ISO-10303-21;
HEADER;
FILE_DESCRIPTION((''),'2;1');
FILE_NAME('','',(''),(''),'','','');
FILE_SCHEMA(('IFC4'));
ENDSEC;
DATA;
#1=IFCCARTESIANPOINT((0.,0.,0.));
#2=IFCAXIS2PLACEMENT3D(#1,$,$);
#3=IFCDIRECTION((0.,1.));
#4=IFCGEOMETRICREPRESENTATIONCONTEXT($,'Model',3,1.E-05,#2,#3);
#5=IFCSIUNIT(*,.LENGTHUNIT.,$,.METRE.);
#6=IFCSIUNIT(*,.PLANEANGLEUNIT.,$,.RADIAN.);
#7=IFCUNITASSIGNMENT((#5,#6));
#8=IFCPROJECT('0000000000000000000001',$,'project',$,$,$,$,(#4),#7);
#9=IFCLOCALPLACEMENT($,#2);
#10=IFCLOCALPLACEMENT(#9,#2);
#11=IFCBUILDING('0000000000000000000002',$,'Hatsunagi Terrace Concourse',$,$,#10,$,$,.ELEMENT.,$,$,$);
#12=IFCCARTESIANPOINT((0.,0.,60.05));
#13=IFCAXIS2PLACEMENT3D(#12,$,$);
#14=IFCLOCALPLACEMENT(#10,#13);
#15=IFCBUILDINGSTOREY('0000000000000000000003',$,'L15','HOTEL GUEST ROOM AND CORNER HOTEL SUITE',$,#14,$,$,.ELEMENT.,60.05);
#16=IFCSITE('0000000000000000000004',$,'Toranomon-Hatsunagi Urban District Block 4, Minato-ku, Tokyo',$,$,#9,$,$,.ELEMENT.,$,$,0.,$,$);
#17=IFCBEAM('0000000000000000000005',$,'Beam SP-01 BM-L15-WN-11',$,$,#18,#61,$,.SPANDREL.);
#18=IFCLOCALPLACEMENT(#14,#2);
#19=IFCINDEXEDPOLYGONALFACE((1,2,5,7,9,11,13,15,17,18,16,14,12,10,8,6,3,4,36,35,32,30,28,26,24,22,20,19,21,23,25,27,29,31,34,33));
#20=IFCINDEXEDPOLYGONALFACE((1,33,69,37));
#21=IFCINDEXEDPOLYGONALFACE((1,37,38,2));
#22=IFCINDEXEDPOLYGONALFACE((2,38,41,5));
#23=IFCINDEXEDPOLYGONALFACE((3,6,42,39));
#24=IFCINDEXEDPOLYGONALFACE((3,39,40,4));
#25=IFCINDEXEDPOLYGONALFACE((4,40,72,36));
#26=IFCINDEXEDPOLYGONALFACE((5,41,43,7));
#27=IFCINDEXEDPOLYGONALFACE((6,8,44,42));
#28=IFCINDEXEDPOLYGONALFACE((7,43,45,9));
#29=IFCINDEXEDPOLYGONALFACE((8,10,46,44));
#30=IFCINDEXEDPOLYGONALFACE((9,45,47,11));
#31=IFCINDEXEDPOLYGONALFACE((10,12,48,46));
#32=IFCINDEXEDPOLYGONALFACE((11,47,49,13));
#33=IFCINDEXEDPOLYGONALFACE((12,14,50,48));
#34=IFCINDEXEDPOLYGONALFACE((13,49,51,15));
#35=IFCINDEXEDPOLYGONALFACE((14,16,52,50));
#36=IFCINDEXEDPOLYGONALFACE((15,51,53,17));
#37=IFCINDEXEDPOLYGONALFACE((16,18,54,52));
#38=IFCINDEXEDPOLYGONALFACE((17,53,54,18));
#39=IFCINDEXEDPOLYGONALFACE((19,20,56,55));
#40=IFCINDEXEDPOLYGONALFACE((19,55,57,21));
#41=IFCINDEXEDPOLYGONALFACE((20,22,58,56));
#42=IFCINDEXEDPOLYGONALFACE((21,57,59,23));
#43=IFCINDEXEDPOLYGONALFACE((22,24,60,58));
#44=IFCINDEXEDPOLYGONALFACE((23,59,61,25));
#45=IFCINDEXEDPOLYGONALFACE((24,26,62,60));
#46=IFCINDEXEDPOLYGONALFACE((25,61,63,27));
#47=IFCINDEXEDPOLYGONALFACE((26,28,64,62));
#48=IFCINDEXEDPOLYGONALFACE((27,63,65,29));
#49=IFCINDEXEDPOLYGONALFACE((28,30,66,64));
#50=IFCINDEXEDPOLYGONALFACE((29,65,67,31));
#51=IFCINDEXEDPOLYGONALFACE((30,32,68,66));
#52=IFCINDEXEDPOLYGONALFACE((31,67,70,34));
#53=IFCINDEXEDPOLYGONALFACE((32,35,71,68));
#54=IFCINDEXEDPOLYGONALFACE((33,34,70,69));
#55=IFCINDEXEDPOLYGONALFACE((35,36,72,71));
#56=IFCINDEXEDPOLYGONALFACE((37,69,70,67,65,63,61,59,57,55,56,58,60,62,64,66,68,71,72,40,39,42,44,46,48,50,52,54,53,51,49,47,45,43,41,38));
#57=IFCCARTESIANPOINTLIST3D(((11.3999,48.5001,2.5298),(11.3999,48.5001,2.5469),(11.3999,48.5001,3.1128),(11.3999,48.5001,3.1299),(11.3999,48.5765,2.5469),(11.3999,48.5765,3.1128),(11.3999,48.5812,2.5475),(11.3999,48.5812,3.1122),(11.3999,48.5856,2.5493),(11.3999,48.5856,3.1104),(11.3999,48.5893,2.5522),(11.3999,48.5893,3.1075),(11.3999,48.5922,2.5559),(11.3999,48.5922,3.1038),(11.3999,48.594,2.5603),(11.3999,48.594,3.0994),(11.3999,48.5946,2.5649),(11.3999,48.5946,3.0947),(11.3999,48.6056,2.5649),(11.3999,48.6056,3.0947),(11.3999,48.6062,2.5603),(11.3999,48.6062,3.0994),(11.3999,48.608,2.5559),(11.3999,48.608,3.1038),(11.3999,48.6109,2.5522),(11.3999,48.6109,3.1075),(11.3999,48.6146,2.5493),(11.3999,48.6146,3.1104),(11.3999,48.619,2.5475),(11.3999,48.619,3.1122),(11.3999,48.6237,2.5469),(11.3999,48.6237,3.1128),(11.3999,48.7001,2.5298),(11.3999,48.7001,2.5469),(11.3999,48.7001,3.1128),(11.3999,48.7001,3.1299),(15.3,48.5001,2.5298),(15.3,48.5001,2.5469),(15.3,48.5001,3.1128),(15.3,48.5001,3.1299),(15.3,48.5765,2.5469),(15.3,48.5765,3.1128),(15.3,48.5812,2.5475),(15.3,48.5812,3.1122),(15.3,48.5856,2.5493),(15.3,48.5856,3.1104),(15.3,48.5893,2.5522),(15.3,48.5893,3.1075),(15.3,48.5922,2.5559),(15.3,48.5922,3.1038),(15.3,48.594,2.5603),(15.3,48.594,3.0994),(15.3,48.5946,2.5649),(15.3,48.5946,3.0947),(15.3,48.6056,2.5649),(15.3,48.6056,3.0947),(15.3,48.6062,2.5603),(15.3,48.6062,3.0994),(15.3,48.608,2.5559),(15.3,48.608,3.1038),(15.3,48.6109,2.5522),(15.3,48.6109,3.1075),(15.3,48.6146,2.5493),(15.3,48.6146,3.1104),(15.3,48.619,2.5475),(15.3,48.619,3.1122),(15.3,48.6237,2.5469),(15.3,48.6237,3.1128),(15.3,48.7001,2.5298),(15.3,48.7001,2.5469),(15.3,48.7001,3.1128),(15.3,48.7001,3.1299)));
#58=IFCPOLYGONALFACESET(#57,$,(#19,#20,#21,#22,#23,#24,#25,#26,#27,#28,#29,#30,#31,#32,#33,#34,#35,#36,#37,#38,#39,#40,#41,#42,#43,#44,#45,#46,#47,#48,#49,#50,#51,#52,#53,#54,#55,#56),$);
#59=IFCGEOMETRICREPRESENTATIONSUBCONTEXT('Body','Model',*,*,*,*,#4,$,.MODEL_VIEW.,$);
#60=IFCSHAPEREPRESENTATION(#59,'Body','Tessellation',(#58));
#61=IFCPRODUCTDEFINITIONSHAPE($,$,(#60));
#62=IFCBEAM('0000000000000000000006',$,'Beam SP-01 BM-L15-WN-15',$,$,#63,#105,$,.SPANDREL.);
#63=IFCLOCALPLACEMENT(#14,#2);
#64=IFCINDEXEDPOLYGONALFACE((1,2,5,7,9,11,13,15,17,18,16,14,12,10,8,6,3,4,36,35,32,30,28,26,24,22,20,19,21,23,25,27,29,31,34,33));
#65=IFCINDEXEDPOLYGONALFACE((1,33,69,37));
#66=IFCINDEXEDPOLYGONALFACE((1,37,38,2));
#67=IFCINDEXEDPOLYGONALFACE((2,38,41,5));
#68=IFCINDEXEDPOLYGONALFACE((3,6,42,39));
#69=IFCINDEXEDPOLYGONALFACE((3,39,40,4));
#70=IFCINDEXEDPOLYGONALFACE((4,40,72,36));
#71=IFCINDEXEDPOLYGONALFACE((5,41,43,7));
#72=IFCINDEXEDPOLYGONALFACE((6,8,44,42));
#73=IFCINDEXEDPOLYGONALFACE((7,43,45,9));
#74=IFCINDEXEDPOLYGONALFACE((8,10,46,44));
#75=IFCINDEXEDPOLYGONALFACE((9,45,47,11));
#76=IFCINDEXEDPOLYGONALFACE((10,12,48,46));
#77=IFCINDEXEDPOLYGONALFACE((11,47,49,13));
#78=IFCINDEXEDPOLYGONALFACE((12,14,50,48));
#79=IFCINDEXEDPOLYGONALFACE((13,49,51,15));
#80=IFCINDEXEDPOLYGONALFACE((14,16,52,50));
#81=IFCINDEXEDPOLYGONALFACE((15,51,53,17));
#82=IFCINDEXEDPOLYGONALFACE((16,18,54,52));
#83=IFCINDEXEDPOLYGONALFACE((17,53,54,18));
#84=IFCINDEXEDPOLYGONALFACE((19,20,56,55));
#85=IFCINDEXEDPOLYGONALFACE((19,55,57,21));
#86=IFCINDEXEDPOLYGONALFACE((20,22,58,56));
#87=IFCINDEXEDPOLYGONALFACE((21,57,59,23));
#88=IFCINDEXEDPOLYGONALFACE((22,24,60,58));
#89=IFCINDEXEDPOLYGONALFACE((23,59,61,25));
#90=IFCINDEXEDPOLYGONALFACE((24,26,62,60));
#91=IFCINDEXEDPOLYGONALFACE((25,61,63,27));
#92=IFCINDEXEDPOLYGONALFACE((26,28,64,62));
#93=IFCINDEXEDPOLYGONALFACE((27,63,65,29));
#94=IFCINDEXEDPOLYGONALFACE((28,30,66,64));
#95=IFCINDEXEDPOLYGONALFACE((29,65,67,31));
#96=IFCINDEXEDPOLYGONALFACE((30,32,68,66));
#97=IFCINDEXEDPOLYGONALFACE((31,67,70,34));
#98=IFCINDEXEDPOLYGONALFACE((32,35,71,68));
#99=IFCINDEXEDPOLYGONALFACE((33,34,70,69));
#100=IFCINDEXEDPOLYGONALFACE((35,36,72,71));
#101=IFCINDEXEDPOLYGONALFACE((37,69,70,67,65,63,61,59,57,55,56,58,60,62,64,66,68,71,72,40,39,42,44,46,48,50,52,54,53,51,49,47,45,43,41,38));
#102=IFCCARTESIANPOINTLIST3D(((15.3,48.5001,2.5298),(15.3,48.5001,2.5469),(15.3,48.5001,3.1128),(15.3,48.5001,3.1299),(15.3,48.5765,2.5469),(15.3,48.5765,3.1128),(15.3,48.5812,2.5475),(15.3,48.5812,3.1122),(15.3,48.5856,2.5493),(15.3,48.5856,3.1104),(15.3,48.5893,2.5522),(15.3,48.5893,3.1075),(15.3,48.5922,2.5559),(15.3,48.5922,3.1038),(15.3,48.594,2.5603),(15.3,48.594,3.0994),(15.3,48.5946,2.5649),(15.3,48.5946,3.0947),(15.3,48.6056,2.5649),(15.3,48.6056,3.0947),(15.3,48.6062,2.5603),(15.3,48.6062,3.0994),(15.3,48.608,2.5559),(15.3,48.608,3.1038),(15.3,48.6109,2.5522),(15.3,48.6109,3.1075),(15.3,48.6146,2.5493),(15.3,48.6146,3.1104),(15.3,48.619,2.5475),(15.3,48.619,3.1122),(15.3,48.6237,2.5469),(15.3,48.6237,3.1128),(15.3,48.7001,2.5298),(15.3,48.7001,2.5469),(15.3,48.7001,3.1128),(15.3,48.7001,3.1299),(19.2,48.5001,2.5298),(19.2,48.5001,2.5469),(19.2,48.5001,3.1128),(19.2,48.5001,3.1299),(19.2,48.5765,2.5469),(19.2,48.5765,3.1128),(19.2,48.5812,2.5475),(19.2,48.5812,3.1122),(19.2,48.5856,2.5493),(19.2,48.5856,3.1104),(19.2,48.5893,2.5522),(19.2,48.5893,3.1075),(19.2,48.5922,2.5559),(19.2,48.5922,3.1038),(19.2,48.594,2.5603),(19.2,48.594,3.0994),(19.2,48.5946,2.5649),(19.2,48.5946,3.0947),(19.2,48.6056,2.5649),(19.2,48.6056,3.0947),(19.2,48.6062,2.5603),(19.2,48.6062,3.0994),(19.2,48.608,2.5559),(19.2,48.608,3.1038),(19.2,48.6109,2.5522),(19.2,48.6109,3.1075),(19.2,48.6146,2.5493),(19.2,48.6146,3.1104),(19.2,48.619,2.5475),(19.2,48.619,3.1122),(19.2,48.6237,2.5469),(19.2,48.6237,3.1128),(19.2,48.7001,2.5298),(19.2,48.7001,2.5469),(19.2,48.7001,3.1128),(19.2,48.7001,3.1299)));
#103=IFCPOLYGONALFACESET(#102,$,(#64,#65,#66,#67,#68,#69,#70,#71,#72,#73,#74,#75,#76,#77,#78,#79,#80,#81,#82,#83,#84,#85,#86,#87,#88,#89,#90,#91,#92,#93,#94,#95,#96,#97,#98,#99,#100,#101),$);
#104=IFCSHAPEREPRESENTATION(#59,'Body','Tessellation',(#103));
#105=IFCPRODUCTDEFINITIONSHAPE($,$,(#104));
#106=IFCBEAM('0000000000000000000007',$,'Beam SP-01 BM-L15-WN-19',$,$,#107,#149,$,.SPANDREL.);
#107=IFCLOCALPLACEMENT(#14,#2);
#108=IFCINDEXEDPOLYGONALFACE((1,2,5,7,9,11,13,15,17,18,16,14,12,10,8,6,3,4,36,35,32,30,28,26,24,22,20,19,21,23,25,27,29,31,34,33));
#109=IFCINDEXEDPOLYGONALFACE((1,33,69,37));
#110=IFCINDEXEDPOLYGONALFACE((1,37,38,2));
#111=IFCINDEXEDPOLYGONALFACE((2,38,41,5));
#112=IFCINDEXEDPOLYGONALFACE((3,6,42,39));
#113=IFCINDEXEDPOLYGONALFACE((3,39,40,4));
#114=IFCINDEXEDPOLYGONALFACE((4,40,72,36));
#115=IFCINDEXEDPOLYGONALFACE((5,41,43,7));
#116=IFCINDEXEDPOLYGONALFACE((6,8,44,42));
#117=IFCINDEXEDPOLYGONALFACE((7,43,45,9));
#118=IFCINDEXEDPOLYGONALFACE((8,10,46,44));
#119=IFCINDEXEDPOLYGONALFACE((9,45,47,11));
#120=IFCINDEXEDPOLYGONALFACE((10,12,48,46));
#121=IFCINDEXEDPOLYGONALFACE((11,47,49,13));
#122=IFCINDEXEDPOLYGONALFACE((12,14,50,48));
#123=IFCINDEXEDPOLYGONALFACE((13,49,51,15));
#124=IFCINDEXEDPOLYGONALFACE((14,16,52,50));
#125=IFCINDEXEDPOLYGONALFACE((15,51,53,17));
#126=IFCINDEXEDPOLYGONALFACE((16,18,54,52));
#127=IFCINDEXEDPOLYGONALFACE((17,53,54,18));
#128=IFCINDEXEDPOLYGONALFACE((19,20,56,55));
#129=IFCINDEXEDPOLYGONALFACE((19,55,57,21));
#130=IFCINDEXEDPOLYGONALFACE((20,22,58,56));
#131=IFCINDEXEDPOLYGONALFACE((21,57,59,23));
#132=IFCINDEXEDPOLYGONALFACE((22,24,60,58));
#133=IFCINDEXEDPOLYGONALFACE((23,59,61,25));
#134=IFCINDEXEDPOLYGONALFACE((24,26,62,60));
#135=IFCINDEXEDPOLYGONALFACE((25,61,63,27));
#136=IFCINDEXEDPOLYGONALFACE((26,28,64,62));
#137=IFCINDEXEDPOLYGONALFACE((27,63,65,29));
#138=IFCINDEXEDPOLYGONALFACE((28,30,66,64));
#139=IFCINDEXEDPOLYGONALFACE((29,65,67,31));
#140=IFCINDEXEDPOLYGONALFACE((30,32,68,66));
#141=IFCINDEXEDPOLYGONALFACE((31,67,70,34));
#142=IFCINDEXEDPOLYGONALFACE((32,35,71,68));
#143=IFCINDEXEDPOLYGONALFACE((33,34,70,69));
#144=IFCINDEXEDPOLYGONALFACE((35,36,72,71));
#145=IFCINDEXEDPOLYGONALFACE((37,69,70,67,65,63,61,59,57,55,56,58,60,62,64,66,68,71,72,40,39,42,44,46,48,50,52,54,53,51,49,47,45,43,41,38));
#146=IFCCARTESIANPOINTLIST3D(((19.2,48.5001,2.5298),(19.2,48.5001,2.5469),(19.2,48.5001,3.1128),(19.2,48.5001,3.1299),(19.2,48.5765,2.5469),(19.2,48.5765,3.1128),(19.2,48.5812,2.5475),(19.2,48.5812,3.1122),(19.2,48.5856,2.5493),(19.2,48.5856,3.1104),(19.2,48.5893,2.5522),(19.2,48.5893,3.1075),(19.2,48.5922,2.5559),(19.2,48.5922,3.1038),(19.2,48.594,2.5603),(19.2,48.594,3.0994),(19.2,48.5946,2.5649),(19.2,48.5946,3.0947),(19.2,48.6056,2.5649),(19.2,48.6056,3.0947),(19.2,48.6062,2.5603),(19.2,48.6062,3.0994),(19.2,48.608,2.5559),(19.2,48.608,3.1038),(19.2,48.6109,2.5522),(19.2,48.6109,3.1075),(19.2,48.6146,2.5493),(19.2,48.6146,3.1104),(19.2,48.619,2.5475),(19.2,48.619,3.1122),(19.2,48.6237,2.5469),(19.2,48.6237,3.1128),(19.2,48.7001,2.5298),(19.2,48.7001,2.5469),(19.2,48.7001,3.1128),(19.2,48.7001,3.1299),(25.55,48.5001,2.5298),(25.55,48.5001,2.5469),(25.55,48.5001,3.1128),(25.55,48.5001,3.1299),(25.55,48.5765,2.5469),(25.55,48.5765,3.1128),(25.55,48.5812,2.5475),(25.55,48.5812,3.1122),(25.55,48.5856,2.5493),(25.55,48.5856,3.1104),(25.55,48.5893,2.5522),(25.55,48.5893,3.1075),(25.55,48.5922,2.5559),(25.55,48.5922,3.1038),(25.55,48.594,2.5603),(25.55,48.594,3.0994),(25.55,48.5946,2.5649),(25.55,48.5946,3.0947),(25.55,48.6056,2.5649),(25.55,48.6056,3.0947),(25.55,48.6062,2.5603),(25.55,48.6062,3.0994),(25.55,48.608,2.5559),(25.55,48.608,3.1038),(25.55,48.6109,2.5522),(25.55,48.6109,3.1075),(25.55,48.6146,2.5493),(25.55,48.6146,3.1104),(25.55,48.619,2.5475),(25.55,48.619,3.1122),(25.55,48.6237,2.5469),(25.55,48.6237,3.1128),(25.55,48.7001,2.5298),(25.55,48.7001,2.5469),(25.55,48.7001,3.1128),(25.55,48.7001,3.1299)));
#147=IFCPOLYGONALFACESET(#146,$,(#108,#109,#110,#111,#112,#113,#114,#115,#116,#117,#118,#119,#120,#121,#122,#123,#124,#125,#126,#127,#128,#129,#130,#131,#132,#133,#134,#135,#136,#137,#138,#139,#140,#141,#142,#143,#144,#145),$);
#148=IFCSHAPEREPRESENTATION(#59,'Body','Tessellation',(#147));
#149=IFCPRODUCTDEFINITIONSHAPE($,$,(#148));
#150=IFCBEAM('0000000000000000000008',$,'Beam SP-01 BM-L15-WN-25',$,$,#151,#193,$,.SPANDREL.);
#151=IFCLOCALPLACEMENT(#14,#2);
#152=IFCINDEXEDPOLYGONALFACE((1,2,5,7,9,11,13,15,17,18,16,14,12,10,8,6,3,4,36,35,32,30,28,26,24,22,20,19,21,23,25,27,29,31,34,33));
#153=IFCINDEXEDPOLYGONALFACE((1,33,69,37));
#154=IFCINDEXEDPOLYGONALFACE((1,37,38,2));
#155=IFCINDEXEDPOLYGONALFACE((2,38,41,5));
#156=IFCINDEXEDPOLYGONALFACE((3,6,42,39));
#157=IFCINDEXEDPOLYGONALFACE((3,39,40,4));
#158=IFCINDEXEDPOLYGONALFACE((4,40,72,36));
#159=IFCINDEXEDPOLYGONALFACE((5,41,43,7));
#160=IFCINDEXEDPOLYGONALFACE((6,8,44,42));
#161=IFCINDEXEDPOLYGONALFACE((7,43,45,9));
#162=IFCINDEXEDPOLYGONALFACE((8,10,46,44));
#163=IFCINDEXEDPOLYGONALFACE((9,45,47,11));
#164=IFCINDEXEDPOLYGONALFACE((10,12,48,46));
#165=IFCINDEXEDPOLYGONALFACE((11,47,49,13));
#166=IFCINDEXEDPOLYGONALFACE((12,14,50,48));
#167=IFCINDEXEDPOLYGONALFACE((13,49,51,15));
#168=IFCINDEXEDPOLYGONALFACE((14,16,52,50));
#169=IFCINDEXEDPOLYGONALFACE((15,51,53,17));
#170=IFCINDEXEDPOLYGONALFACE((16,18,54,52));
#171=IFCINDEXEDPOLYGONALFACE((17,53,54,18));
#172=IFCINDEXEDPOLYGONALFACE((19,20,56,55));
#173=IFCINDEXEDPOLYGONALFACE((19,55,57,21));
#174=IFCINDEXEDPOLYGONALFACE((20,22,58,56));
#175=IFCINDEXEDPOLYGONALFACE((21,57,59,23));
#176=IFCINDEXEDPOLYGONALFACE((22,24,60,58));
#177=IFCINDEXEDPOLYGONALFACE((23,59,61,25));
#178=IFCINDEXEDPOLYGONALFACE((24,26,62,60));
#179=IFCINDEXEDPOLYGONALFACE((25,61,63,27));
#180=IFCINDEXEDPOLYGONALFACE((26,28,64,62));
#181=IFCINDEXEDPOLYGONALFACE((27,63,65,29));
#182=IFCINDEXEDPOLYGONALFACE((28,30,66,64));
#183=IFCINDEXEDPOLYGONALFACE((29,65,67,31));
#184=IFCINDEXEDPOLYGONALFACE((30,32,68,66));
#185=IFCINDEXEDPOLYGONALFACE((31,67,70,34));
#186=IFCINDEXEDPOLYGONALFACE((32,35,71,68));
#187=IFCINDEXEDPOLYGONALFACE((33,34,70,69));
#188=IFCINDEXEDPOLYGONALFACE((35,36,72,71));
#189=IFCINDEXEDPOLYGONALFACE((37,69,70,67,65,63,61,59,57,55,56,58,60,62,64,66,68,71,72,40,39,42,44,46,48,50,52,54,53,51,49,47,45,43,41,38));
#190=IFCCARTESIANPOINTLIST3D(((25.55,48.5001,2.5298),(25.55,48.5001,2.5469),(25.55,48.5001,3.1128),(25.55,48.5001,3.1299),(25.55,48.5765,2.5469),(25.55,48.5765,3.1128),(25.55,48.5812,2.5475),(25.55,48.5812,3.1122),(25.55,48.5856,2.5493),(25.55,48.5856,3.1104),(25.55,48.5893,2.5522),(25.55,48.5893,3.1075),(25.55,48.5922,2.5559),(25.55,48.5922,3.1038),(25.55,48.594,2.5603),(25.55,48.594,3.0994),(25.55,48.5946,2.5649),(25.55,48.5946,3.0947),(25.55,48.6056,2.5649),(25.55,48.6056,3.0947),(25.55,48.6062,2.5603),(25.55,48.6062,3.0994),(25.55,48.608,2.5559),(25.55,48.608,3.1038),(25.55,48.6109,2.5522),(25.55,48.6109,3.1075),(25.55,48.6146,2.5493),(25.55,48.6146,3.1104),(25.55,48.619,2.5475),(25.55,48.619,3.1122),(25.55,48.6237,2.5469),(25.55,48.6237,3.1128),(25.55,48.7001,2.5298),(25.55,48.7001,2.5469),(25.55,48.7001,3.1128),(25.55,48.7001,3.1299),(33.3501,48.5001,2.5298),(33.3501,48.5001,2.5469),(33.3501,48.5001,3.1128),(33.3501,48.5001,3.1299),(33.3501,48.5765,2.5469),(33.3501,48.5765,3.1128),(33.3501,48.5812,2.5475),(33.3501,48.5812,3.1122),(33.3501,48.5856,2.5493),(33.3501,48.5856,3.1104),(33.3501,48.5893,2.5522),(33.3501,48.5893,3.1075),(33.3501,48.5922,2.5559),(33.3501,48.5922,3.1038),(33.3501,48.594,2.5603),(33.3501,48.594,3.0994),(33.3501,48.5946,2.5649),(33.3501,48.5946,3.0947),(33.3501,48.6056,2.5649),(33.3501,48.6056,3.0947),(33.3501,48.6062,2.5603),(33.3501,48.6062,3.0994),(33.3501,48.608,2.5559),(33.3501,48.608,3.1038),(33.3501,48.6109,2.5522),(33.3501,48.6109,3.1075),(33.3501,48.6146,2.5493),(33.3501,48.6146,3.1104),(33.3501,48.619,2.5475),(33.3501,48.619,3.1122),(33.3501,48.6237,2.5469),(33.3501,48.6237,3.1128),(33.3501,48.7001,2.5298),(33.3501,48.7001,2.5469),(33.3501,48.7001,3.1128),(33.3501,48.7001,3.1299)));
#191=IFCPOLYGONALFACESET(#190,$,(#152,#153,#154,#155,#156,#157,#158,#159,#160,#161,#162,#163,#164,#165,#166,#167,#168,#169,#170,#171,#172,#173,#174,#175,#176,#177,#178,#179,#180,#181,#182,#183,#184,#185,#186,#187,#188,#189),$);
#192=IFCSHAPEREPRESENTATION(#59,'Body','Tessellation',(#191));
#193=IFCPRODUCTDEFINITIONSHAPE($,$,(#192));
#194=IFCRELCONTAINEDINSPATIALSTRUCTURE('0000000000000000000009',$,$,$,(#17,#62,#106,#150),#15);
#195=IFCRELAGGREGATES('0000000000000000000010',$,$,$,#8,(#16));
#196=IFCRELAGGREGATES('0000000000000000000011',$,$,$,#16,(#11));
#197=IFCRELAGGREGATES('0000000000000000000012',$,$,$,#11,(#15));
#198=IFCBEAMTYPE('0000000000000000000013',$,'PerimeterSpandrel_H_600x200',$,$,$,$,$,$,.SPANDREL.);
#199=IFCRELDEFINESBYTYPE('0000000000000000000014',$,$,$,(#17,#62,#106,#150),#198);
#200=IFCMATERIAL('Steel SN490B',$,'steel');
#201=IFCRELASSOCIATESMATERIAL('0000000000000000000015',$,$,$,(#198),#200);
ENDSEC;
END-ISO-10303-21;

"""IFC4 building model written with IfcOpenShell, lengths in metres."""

from ifc_helpers import new_model, si_unit, direction, frame, origin, origin_2d, place, context, subcontext, project, spatial, i_section, extrude, material, material_profile, profile_set, type_object, element, save


model = new_model("IFC4")

# Units and contexts
model_context = context("Model", 3, precision=1e-05, world=origin(), true_north=direction((0.0, 1.0)))
body_context = subcontext(model_context, "Body", "Model", "MODEL_VIEW")
ifc_project = project(units=[si_unit("LENGTHUNIT", "METRE"), si_unit("PLANEANGLEUNIT", "RADIAN")], contexts=[model_context])

# Site, building, storey
site_placement = place(None, origin())
site = spatial("IfcSite", under=ifc_project, at=site_placement, Name="Toranomon-Hatsunagi Urban District Block 4, Minato-ku, Tokyo", CompositionType="ELEMENT", RefElevation=0.0)
building_placement = place(site_placement, origin())
building = spatial("IfcBuilding", under=site, at=building_placement, Name="Hatsunagi Terrace Concourse", CompositionType="ELEMENT")
storey_placement = place(building_placement, frame((0.0, 0.0, 60.05)))
storey = spatial("IfcBuildingStorey", under=building, at=storey_placement, Name="L15", Description="HOTEL GUEST ROOM AND CORNER HOTEL SUITE", CompositionType="ELEMENT", Elevation=60.05)

# Beams
ifc_material_1 = material(Name="Steel SN490B", Category="steel")
ifc_material_profile_1 = material_profile(ifc_material_1, i_section(OverallWidth=0.2, OverallDepth=0.6001, WebThickness=0.011, FlangeThickness=0.0171, FilletRadius=0.0181, at=origin_2d()), Name="H-600x200x11x17")
ifc_profile_set_1 = profile_set([ifc_material_profile_1], Name="Steel SN490B")
beam_type_1 = type_object("IfcBeamType", Name="PerimeterSpandrel_H_600x200", PredefinedType="SPANDREL", material=ifc_profile_set_1)
beam_1_placement = place(storey_placement, frame((11.3999, 48.6001, 2.8298), z_axis=(1.0, 0.0, 0.0), x_axis=(0.0, 1.0, 0.0)))
element("IfcBeam", 1, at=beam_1_placement, inside=storey, type_object=beam_type_1, Name="Beam SP-01 BM-L15-WN-11", PredefinedType="SPANDREL", context=body_context, shape_type="SweptSolid", body=[
    extrude(i_section(OverallWidth=0.2, OverallDepth=0.6001, WebThickness=0.011, FlangeThickness=0.0171, FilletRadius=0.0181, at=origin_2d()), origin(), (0.0, 0.0, 1.0), 3.9001),
])
beam_2_placement = place(storey_placement, frame((15.3, 48.6001, 2.8298), z_axis=(1.0, 0.0, 0.0), x_axis=(0.0, 1.0, 0.0)))
element("IfcBeam", 2, at=beam_2_placement, inside=storey, type_object=beam_type_1, Name="Beam SP-01 BM-L15-WN-15", PredefinedType="SPANDREL", context=body_context, shape_type="SweptSolid", body=[
    extrude(i_section(OverallWidth=0.2, OverallDepth=0.6001, WebThickness=0.011, FlangeThickness=0.0171, FilletRadius=0.0181, at=origin_2d()), origin(), (0.0, 0.0, 1.0), 3.8999),
])
beam_3_placement = place(storey_placement, frame((19.2, 48.6001, 2.8298), z_axis=(1.0, 0.0, 0.0), x_axis=(0.0, 1.0, 0.0)))
element("IfcBeam", 3, at=beam_3_placement, inside=storey, type_object=beam_type_1, Name="Beam SP-01 BM-L15-WN-19", PredefinedType="SPANDREL", context=body_context, shape_type="SweptSolid", body=[
    extrude(i_section(OverallWidth=0.2, OverallDepth=0.6001, WebThickness=0.011, FlangeThickness=0.0171, FilletRadius=0.0181, at=origin_2d()), origin(), (0.0, 0.0, 1.0), 6.3501),
])
beam_4_placement = place(storey_placement, frame((25.55, 48.6001, 2.8298), z_axis=(1.0, 0.0, 0.0), x_axis=(0.0, 1.0, 0.0)))
element("IfcBeam", 4, at=beam_4_placement, inside=storey, type_object=beam_type_1, Name="Beam SP-01 BM-L15-WN-25", PredefinedType="SPANDREL", context=body_context, shape_type="SweptSolid", body=[
    extrude(i_section(OverallWidth=0.2, OverallDepth=0.6001, WebThickness=0.011, FlangeThickness=0.0171, FilletRadius=0.0181, at=origin_2d()), origin(), (0.0, 0.0, 1.0), 7.8),
])

save(model, "model.ifc")
